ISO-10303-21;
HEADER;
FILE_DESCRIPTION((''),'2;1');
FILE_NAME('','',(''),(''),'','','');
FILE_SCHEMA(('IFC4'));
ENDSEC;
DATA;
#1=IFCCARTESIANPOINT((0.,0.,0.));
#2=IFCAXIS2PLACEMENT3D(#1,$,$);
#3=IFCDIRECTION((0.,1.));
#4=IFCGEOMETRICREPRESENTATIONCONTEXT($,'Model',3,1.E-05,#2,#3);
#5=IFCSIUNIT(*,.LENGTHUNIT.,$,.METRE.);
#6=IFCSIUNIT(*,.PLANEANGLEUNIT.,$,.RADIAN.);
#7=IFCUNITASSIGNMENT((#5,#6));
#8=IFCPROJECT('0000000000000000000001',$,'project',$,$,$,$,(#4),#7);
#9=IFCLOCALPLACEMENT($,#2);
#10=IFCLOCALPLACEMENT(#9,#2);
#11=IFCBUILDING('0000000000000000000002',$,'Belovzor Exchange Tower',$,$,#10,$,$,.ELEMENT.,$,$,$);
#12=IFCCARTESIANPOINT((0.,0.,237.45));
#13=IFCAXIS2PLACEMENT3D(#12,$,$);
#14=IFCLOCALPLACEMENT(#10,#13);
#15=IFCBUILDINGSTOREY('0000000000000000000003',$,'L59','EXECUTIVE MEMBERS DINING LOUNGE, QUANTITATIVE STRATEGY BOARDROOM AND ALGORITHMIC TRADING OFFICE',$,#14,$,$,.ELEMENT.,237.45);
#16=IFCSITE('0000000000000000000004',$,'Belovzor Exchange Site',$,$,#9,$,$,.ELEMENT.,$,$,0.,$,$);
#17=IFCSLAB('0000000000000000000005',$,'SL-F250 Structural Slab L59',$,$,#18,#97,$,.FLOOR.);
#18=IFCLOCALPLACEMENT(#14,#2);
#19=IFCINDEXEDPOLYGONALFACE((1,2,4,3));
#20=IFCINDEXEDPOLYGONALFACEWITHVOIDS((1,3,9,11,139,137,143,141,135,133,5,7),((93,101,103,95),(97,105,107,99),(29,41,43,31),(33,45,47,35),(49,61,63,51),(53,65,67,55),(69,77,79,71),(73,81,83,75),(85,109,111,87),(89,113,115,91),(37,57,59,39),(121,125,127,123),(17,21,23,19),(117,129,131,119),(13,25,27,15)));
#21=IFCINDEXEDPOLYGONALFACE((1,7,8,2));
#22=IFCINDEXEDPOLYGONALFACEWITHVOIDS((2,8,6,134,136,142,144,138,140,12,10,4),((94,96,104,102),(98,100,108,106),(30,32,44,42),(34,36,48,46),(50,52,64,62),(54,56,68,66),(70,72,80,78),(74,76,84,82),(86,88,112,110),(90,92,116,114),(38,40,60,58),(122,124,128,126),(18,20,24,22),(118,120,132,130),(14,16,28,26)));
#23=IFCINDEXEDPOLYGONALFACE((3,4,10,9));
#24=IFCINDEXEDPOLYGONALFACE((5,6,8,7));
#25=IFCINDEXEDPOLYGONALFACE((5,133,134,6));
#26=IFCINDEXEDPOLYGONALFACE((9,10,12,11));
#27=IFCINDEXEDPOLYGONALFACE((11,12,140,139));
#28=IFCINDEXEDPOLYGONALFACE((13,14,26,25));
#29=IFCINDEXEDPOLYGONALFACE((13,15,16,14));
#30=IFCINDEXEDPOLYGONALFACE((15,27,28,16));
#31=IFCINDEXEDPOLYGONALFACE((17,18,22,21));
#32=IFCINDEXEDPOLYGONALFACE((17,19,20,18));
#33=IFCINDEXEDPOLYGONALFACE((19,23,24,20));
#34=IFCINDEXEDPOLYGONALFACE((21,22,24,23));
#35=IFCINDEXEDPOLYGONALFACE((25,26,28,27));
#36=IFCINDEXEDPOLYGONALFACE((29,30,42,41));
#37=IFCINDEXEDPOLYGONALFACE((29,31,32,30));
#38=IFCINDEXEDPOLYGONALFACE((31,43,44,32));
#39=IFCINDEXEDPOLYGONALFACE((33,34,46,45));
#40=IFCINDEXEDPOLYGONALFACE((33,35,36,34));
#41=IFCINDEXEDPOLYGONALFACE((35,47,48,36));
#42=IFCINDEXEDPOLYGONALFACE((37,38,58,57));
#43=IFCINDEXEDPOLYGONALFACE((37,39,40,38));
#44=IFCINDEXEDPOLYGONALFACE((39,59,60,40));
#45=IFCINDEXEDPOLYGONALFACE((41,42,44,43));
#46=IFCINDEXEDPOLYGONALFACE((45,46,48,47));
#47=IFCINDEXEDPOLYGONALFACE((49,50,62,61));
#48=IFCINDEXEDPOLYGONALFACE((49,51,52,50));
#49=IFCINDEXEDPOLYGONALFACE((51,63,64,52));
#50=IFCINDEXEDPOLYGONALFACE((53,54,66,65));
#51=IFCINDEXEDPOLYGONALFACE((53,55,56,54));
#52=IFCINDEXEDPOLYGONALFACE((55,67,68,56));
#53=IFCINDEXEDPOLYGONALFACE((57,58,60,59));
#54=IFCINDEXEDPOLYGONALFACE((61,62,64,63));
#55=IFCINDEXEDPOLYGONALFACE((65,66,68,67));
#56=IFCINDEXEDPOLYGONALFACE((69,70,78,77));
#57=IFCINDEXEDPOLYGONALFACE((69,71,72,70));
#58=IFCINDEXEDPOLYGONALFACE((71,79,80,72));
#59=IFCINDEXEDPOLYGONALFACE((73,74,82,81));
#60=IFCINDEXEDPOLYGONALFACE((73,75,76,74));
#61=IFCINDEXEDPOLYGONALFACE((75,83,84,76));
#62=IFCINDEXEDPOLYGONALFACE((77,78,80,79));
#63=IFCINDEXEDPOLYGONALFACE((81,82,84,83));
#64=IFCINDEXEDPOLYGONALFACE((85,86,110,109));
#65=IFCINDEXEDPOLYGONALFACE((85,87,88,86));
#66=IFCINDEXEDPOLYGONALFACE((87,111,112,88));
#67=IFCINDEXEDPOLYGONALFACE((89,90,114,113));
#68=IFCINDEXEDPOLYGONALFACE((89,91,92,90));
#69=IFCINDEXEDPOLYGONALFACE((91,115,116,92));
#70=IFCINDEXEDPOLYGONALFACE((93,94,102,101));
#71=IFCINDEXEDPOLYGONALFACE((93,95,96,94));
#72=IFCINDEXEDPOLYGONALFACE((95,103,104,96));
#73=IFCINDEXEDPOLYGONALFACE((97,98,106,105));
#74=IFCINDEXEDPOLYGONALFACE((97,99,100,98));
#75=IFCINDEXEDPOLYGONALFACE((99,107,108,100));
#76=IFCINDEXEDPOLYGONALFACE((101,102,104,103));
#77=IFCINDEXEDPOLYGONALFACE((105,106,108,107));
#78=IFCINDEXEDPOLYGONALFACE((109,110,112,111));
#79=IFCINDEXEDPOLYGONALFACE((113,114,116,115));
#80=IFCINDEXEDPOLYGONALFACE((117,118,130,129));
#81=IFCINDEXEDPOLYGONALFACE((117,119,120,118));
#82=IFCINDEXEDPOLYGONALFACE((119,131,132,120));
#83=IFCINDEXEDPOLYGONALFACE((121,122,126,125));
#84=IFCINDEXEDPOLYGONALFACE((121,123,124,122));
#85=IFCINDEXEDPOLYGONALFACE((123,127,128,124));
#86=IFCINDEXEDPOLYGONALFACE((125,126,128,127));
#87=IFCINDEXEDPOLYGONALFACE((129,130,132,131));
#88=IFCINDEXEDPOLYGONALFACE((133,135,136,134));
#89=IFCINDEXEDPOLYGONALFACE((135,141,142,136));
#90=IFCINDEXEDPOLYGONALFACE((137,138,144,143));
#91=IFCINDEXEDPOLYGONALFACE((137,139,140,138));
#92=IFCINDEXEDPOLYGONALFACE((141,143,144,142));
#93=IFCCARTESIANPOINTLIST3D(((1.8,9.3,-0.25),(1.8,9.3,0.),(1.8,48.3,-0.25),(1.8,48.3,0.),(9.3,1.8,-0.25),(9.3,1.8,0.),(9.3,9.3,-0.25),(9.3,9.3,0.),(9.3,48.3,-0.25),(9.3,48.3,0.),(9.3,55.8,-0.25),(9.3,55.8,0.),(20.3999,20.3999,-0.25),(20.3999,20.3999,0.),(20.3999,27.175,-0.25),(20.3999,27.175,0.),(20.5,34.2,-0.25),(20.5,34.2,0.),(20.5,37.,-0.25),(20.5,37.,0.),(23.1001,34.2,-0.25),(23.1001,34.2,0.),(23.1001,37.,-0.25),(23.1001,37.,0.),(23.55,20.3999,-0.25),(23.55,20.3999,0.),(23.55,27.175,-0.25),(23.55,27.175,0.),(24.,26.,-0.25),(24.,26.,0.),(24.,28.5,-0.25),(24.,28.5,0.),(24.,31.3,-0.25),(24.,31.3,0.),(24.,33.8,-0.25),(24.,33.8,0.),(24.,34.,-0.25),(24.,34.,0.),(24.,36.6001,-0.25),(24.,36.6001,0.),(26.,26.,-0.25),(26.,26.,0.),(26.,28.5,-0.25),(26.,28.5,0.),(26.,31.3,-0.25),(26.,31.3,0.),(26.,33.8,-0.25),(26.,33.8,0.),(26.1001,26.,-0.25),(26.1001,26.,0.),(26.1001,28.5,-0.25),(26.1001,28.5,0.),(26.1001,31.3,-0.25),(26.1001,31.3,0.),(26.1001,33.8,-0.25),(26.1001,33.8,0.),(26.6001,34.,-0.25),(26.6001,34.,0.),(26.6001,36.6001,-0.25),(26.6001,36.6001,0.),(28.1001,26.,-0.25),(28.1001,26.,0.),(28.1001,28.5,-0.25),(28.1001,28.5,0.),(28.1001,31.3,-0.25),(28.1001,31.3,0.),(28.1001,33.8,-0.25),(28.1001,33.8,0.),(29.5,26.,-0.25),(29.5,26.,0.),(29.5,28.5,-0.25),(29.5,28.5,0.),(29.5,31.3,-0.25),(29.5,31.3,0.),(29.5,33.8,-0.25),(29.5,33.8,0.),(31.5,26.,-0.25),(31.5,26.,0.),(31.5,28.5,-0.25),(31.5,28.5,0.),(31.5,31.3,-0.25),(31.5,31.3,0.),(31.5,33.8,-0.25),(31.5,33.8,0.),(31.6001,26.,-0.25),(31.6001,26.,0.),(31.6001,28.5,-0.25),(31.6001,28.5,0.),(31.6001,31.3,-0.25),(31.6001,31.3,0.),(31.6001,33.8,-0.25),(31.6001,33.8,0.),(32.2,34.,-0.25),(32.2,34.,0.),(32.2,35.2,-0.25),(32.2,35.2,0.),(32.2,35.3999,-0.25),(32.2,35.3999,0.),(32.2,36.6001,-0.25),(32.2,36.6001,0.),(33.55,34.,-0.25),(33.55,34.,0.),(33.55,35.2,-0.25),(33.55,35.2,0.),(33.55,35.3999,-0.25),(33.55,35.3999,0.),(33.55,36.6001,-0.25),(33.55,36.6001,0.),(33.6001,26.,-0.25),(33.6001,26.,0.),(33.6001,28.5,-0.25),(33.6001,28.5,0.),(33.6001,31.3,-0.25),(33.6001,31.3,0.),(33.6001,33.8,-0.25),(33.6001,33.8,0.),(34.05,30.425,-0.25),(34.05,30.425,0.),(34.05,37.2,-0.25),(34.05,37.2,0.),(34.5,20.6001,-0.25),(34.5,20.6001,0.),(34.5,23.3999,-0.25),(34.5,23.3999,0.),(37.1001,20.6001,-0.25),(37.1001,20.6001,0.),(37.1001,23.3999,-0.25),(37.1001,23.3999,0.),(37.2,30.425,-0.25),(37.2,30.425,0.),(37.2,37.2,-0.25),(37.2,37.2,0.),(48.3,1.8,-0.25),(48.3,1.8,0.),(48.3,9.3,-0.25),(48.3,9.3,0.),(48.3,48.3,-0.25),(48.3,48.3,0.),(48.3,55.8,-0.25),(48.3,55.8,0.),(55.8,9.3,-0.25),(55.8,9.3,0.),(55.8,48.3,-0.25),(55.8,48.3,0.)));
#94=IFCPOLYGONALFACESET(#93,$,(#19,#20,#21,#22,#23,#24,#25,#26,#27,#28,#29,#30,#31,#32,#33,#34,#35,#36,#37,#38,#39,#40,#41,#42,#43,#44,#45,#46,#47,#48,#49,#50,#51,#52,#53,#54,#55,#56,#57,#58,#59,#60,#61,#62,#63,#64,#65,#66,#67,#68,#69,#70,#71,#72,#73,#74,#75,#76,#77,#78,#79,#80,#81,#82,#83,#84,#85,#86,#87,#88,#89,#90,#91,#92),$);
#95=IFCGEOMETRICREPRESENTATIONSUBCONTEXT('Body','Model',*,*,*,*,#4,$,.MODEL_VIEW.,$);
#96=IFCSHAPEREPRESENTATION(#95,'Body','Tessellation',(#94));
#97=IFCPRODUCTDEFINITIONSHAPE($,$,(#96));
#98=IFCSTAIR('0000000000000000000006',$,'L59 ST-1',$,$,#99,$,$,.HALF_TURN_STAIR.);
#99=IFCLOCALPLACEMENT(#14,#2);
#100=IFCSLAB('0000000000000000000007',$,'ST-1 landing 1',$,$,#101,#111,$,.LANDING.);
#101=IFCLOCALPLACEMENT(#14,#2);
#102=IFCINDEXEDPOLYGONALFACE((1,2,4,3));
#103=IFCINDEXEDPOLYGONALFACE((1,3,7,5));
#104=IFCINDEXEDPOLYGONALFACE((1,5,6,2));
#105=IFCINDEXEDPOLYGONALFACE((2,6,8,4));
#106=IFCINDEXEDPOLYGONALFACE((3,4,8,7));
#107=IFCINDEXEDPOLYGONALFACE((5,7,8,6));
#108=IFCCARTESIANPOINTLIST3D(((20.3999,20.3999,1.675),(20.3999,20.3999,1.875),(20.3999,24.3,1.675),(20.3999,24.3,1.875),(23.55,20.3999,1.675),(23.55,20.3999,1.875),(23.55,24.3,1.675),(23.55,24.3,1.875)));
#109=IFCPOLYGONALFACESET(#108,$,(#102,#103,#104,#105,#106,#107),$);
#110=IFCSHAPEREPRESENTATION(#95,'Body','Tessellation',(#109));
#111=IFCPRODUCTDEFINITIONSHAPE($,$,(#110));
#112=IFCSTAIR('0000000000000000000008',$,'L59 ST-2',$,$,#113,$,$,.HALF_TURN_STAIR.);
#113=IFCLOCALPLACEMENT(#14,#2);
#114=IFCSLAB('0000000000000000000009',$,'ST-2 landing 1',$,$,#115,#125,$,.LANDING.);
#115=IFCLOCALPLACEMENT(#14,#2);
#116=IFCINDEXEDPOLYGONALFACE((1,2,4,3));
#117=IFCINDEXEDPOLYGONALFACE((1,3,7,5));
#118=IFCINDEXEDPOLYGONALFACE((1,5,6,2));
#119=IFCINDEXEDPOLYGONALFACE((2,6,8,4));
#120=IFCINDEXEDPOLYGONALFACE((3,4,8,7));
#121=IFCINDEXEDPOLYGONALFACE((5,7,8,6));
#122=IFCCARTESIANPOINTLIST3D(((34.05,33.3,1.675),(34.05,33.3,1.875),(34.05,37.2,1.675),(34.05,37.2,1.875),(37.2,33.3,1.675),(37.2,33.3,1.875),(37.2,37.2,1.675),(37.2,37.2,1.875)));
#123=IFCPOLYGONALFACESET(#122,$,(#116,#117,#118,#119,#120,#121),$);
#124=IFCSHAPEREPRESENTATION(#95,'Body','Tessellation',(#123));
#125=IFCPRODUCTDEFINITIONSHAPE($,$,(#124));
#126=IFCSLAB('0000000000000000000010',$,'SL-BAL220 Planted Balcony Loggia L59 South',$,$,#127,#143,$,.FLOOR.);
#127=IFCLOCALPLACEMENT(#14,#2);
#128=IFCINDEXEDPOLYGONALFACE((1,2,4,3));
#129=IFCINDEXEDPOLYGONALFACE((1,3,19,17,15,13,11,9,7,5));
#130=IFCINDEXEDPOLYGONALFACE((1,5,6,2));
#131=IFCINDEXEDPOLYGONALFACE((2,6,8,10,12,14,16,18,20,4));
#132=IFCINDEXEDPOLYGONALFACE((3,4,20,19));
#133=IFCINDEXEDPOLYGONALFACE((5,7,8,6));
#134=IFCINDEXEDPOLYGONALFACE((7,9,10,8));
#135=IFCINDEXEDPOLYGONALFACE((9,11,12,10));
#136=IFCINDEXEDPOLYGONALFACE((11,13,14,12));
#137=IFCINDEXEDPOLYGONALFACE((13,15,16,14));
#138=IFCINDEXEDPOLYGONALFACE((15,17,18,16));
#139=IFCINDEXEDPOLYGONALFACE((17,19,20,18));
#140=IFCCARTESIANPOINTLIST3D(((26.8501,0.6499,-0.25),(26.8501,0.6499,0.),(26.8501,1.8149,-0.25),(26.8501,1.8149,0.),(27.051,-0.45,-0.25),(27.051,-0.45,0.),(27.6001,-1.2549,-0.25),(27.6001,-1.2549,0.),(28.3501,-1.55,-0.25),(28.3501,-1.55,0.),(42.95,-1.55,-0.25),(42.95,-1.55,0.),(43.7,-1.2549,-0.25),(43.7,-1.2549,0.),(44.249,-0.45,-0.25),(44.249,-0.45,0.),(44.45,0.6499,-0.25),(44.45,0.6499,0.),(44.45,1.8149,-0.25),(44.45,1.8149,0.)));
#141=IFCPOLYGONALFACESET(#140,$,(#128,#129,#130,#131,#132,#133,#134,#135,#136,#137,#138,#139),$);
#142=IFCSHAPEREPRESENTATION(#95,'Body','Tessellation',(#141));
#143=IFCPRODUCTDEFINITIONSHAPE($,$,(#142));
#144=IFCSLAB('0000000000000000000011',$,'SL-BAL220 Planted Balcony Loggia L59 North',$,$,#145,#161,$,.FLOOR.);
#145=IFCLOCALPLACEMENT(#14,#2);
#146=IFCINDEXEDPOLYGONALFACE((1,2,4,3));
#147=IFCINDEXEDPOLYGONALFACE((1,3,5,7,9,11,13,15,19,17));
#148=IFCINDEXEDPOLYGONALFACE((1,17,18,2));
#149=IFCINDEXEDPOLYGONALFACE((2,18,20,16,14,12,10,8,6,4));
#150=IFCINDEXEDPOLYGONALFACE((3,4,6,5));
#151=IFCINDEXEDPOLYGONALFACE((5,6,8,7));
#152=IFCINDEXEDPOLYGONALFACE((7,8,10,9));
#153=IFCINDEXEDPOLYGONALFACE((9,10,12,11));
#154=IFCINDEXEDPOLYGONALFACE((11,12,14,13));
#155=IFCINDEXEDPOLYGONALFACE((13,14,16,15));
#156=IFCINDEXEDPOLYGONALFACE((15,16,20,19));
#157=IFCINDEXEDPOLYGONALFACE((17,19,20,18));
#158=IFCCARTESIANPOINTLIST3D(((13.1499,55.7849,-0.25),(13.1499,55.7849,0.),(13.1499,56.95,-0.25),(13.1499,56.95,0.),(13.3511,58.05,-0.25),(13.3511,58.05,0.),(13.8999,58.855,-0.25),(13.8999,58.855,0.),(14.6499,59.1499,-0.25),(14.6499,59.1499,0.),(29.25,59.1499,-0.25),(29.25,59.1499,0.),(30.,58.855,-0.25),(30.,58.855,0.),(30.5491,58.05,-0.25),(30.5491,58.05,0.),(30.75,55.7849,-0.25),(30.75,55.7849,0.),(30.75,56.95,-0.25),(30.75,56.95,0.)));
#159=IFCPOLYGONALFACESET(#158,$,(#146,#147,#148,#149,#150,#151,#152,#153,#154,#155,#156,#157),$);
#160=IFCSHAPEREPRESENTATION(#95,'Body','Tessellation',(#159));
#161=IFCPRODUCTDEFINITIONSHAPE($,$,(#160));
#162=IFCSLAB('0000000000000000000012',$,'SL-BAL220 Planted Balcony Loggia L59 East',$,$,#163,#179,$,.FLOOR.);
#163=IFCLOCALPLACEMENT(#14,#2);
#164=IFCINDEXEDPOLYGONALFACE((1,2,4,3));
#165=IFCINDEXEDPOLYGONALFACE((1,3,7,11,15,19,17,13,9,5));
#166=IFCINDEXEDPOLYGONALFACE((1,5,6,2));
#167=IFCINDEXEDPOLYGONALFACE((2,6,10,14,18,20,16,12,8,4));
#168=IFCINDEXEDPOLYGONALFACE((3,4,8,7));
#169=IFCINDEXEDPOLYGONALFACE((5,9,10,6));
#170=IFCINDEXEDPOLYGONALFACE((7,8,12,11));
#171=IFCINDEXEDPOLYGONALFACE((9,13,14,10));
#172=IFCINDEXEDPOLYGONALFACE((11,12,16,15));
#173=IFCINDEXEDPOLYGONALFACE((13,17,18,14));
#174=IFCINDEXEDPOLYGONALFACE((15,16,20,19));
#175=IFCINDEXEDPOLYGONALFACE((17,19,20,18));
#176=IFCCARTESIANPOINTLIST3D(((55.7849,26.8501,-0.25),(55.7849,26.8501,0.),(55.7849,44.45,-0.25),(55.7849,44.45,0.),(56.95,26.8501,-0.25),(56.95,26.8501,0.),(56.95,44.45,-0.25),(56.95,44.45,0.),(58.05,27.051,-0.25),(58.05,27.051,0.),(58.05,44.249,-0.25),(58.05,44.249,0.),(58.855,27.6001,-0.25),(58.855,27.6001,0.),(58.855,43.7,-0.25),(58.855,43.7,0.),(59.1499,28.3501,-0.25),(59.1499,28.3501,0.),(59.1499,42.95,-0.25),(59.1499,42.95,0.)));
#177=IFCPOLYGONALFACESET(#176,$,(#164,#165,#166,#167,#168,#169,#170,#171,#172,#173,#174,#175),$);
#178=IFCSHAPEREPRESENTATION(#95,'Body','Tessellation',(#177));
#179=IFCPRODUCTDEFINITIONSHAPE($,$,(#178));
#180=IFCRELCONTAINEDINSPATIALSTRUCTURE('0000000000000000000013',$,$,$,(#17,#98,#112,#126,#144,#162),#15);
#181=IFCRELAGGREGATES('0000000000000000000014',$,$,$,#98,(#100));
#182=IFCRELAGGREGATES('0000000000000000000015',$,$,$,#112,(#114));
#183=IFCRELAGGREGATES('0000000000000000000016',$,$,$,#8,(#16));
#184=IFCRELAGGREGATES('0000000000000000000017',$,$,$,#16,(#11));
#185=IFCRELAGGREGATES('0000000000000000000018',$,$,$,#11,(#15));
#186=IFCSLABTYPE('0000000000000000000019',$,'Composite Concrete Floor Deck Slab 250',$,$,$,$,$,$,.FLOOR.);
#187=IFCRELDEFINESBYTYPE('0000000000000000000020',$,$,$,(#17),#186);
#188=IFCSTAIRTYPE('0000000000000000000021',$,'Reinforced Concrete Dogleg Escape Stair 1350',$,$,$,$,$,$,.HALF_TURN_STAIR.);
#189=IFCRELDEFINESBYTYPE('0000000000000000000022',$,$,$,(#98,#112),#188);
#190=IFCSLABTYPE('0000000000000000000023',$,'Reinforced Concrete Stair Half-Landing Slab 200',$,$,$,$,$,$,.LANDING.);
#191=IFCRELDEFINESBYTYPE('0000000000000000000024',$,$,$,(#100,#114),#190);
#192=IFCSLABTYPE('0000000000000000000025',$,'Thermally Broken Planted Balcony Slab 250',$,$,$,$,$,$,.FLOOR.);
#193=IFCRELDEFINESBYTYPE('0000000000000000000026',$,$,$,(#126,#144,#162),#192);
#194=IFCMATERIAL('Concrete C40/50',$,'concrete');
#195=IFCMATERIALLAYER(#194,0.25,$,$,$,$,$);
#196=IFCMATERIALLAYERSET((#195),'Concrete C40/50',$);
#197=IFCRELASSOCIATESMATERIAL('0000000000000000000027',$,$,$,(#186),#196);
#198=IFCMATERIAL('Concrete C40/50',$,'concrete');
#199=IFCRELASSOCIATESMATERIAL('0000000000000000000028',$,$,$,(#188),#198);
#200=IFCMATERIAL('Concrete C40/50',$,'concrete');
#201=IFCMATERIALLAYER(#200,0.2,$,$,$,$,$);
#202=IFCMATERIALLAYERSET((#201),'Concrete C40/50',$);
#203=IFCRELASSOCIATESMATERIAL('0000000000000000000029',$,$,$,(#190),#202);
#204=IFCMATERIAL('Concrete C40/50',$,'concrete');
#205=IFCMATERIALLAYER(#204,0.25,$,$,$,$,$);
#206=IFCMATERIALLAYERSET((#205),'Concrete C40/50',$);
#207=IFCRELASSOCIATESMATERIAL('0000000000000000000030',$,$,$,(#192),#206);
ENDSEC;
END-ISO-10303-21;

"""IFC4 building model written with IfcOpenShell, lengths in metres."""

from ifc_helpers import new_model, si_unit, direction, frame, origin, place, context, subcontext, project, spatial, polyline, outline, extrude, material, layer, layer_set, type_object, element, aggregate, save


model = new_model("IFC4")

# Units and contexts
model_context = context("Model", 3, precision=1e-05, world=origin(), true_north=direction((0.0, 1.0)))
body_context = subcontext(model_context, "Body", "Model", "MODEL_VIEW")
ifc_project = project(units=[si_unit("LENGTHUNIT", "METRE"), si_unit("PLANEANGLEUNIT", "RADIAN")], contexts=[model_context])

# Site, building, storey
site_placement = place(None, origin())
site = spatial("IfcSite", under=ifc_project, at=site_placement, Name="Belovzor Exchange Site", CompositionType="ELEMENT", RefElevation=0.0)
building_placement = place(site_placement, origin())
building = spatial("IfcBuilding", under=site, at=building_placement, Name="Belovzor Exchange Tower", CompositionType="ELEMENT")
storey_placement = place(building_placement, frame((0.0, 0.0, 237.45)))
storey = spatial("IfcBuildingStorey", under=building, at=storey_placement, Name="L59", Description="EXECUTIVE MEMBERS DINING LOUNGE, QUANTITATIVE STRATEGY BOARDROOM AND ALGORITHMIC TRADING OFFICE", CompositionType="ELEMENT", Elevation=237.45)

# Slab
ifc_material_1 = material(Name="Concrete C40/50", Category="concrete")
ifc_layer_1 = layer(ifc_material_1, 0.25)
ifc_layer_set_1 = layer_set([ifc_layer_1], Name="Concrete C40/50")
slab_type_1 = type_object("IfcSlabType", Name="Composite Concrete Floor Deck Slab 250", PredefinedType="FLOOR", material=ifc_layer_set_1)
slab_1_placement = place(storey_placement, frame((0.0, 0.0, -0.25)))
element("IfcSlab", 1, at=slab_1_placement, inside=storey, type_object=slab_type_1, Name="SL-F250 Structural Slab L59", PredefinedType="FLOOR", context=body_context, shape_type="SweptSolid", body=[
    extrude(outline(polyline([(9.3, 1.8), (48.3, 1.8), (48.3, 9.3), (55.8, 9.3), (55.8, 48.3), (48.3, 48.3), (48.3, 55.8), (9.3, 55.8), (9.3, 48.3), (1.8, 48.3), (1.8, 9.3), (9.3, 9.3), (9.3, 1.8)]), holes=[polyline([(20.3999, 27.175), (20.3999, 20.3999), (23.55, 20.3999), (23.55, 27.175), (20.3999, 27.175)]), polyline([(37.2, 30.425), (37.2, 37.2), (34.05, 37.2), (34.05, 30.425), (37.2, 30.425)]), polyline([(20.5, 34.2), (23.1001, 34.2), (23.1001, 37.0), (20.5, 37.0), (20.5, 34.2)]), polyline([(34.5, 20.6001), (37.1001, 20.6001), (37.1001, 23.3999), (34.5, 23.3999), (34.5, 20.6001)]), polyline([(24.0, 34.0), (26.6001, 34.0), (26.6001, 36.6001), (24.0, 36.6001), (24.0, 34.0)]), polyline([(24.0, 26.0), (26.0, 26.0), (26.0, 28.5), (24.0, 28.5), (24.0, 26.0)]), polyline([(26.1001, 26.0), (28.1001, 26.0), (28.1001, 28.5), (26.1001, 28.5), (26.1001, 26.0)]), polyline([(29.5, 26.0), (31.5, 26.0), (31.5, 28.5), (29.5, 28.5), (29.5, 26.0)]), polyline([(31.6001, 26.0), (33.6001, 26.0), (33.6001, 28.5), (31.6001, 28.5), (31.6001, 26.0)]), polyline([(24.0, 31.3), (26.0, 31.3), (26.0, 33.8), (24.0, 33.8), (24.0, 31.3)]), polyline([(26.1001, 31.3), (28.1001, 31.3), (28.1001, 33.8), (26.1001, 33.8), (26.1001, 31.3)]), polyline([(29.5, 31.3), (31.5, 31.3), (31.5, 33.8), (29.5, 33.8), (29.5, 31.3)]), polyline([(31.6001, 31.3), (33.6001, 31.3), (33.6001, 33.8), (31.6001, 33.8), (31.6001, 31.3)]), polyline([(32.2, 34.0), (33.55, 34.0), (33.55, 35.2), (32.2, 35.2), (32.2, 34.0)]), polyline([(32.2, 35.3999), (33.55, 35.3999), (33.55, 36.6001), (32.2, 36.6001), (32.2, 35.3999)])]), origin(), (0.0, 0.0, 1.0), 0.25),
])

# Stairs, slabs
ifc_material_2 = material(Name="Concrete C40/50", Category="concrete")
stair_type = type_object("IfcStairType", Name="Reinforced Concrete Dogleg Escape Stair 1350", PredefinedType="HALF_TURN_STAIR", material=ifc_material_2)
stair_1_placement = place(storey_placement, origin())
stair_1 = element("IfcStair", 2, at=stair_1_placement, inside=storey, type_object=stair_type, Name="L59 ST-1", PredefinedType="HALF_TURN_STAIR")
ifc_material_3 = material(Name="Concrete C40/50", Category="concrete")
ifc_layer_2 = layer(ifc_material_3, 0.2)
ifc_layer_set_2 = layer_set([ifc_layer_2], Name="Concrete C40/50")
slab_type_2 = type_object("IfcSlabType", Name="Reinforced Concrete Stair Half-Landing Slab 200", PredefinedType="LANDING", material=ifc_layer_set_2)
slab_2_placement = place(storey_placement, frame((0.0, 0.0, 1.675)))
slab_2 = element("IfcSlab", 3, at=slab_2_placement, type_object=slab_type_2, Name="ST-1 landing 1", PredefinedType="LANDING", context=body_context, shape_type="SweptSolid", body=[
    extrude(outline(polyline([(20.3999, 24.3), (20.3999, 20.3999), (23.55, 20.3999), (23.55, 24.3), (20.3999, 24.3)])), origin(), (0.0, 0.0, 1.0), 0.2),
])
aggregate(stair_1, [slab_2])
stair_2_placement = place(storey_placement, origin())
stair_2 = element("IfcStair", 4, at=stair_2_placement, inside=storey, type_object=stair_type, Name="L59 ST-2", PredefinedType="HALF_TURN_STAIR")
slab_3_placement = place(storey_placement, frame((0.0, 0.0, 1.675)))
slab_3 = element("IfcSlab", 5, at=slab_3_placement, type_object=slab_type_2, Name="ST-2 landing 1", PredefinedType="LANDING", context=body_context, shape_type="SweptSolid", body=[
    extrude(outline(polyline([(37.2, 33.3), (37.2, 37.2), (34.05, 37.2), (34.05, 33.3), (37.2, 33.3)])), origin(), (0.0, 0.0, 1.0), 0.2),
])
aggregate(stair_2, [slab_3])

# Slabs
ifc_material_4 = material(Name="Concrete C40/50", Category="concrete")
ifc_layer_3 = layer(ifc_material_4, 0.25)
ifc_layer_set_3 = layer_set([ifc_layer_3], Name="Concrete C40/50")
slab_type_3 = type_object("IfcSlabType", Name="Thermally Broken Planted Balcony Slab 250", PredefinedType="FLOOR", material=ifc_layer_set_3)
slab_4_placement = place(storey_placement, frame((0.0, 0.0, -0.25)))
element("IfcSlab", 6, at=slab_4_placement, inside=storey, type_object=slab_type_3, Name="SL-BAL220 Planted Balcony Loggia L59 South", PredefinedType="FLOOR", context=body_context, shape_type="SweptSolid", body=[
    extrude(outline(polyline([(26.8501, 1.8149), (26.8501, 0.6499), (27.051, -0.45), (27.6001, -1.2549), (28.3501, -1.55), (42.95, -1.55), (43.7, -1.2549), (44.249, -0.45), (44.45, 0.6499), (44.45, 1.8149), (26.8501, 1.8149)])), origin(), (0.0, 0.0, 1.0), 0.25),
])
slab_5_placement = place(storey_placement, frame((0.0, 0.0, -0.25)))
element("IfcSlab", 7, at=slab_5_placement, inside=storey, type_object=slab_type_3, Name="SL-BAL220 Planted Balcony Loggia L59 North", PredefinedType="FLOOR", context=body_context, shape_type="SweptSolid", body=[
    extrude(outline(polyline([(30.75, 55.7849), (30.75, 56.95), (30.5491, 58.05), (30.0, 58.855), (29.25, 59.1499), (14.6499, 59.1499), (13.8999, 58.855), (13.3511, 58.05), (13.1499, 56.95), (13.1499, 55.7849), (30.75, 55.7849)])), origin(), (0.0, 0.0, 1.0), 0.25),
])
slab_6_placement = place(storey_placement, frame((0.0, 0.0, -0.25)))
element("IfcSlab", 8, at=slab_6_placement, inside=storey, type_object=slab_type_3, Name="SL-BAL220 Planted Balcony Loggia L59 East", PredefinedType="FLOOR", context=body_context, shape_type="SweptSolid", body=[
    extrude(outline(polyline([(55.7849, 26.8501), (56.95, 26.8501), (58.05, 27.051), (58.855, 27.6001), (59.1499, 28.3501), (59.1499, 42.95), (58.855, 43.7), (58.05, 44.249), (56.95, 44.45), (55.7849, 44.45), (55.7849, 26.8501)])), origin(), (0.0, 0.0, 1.0), 0.25),
])

save(model, "model.ifc")
